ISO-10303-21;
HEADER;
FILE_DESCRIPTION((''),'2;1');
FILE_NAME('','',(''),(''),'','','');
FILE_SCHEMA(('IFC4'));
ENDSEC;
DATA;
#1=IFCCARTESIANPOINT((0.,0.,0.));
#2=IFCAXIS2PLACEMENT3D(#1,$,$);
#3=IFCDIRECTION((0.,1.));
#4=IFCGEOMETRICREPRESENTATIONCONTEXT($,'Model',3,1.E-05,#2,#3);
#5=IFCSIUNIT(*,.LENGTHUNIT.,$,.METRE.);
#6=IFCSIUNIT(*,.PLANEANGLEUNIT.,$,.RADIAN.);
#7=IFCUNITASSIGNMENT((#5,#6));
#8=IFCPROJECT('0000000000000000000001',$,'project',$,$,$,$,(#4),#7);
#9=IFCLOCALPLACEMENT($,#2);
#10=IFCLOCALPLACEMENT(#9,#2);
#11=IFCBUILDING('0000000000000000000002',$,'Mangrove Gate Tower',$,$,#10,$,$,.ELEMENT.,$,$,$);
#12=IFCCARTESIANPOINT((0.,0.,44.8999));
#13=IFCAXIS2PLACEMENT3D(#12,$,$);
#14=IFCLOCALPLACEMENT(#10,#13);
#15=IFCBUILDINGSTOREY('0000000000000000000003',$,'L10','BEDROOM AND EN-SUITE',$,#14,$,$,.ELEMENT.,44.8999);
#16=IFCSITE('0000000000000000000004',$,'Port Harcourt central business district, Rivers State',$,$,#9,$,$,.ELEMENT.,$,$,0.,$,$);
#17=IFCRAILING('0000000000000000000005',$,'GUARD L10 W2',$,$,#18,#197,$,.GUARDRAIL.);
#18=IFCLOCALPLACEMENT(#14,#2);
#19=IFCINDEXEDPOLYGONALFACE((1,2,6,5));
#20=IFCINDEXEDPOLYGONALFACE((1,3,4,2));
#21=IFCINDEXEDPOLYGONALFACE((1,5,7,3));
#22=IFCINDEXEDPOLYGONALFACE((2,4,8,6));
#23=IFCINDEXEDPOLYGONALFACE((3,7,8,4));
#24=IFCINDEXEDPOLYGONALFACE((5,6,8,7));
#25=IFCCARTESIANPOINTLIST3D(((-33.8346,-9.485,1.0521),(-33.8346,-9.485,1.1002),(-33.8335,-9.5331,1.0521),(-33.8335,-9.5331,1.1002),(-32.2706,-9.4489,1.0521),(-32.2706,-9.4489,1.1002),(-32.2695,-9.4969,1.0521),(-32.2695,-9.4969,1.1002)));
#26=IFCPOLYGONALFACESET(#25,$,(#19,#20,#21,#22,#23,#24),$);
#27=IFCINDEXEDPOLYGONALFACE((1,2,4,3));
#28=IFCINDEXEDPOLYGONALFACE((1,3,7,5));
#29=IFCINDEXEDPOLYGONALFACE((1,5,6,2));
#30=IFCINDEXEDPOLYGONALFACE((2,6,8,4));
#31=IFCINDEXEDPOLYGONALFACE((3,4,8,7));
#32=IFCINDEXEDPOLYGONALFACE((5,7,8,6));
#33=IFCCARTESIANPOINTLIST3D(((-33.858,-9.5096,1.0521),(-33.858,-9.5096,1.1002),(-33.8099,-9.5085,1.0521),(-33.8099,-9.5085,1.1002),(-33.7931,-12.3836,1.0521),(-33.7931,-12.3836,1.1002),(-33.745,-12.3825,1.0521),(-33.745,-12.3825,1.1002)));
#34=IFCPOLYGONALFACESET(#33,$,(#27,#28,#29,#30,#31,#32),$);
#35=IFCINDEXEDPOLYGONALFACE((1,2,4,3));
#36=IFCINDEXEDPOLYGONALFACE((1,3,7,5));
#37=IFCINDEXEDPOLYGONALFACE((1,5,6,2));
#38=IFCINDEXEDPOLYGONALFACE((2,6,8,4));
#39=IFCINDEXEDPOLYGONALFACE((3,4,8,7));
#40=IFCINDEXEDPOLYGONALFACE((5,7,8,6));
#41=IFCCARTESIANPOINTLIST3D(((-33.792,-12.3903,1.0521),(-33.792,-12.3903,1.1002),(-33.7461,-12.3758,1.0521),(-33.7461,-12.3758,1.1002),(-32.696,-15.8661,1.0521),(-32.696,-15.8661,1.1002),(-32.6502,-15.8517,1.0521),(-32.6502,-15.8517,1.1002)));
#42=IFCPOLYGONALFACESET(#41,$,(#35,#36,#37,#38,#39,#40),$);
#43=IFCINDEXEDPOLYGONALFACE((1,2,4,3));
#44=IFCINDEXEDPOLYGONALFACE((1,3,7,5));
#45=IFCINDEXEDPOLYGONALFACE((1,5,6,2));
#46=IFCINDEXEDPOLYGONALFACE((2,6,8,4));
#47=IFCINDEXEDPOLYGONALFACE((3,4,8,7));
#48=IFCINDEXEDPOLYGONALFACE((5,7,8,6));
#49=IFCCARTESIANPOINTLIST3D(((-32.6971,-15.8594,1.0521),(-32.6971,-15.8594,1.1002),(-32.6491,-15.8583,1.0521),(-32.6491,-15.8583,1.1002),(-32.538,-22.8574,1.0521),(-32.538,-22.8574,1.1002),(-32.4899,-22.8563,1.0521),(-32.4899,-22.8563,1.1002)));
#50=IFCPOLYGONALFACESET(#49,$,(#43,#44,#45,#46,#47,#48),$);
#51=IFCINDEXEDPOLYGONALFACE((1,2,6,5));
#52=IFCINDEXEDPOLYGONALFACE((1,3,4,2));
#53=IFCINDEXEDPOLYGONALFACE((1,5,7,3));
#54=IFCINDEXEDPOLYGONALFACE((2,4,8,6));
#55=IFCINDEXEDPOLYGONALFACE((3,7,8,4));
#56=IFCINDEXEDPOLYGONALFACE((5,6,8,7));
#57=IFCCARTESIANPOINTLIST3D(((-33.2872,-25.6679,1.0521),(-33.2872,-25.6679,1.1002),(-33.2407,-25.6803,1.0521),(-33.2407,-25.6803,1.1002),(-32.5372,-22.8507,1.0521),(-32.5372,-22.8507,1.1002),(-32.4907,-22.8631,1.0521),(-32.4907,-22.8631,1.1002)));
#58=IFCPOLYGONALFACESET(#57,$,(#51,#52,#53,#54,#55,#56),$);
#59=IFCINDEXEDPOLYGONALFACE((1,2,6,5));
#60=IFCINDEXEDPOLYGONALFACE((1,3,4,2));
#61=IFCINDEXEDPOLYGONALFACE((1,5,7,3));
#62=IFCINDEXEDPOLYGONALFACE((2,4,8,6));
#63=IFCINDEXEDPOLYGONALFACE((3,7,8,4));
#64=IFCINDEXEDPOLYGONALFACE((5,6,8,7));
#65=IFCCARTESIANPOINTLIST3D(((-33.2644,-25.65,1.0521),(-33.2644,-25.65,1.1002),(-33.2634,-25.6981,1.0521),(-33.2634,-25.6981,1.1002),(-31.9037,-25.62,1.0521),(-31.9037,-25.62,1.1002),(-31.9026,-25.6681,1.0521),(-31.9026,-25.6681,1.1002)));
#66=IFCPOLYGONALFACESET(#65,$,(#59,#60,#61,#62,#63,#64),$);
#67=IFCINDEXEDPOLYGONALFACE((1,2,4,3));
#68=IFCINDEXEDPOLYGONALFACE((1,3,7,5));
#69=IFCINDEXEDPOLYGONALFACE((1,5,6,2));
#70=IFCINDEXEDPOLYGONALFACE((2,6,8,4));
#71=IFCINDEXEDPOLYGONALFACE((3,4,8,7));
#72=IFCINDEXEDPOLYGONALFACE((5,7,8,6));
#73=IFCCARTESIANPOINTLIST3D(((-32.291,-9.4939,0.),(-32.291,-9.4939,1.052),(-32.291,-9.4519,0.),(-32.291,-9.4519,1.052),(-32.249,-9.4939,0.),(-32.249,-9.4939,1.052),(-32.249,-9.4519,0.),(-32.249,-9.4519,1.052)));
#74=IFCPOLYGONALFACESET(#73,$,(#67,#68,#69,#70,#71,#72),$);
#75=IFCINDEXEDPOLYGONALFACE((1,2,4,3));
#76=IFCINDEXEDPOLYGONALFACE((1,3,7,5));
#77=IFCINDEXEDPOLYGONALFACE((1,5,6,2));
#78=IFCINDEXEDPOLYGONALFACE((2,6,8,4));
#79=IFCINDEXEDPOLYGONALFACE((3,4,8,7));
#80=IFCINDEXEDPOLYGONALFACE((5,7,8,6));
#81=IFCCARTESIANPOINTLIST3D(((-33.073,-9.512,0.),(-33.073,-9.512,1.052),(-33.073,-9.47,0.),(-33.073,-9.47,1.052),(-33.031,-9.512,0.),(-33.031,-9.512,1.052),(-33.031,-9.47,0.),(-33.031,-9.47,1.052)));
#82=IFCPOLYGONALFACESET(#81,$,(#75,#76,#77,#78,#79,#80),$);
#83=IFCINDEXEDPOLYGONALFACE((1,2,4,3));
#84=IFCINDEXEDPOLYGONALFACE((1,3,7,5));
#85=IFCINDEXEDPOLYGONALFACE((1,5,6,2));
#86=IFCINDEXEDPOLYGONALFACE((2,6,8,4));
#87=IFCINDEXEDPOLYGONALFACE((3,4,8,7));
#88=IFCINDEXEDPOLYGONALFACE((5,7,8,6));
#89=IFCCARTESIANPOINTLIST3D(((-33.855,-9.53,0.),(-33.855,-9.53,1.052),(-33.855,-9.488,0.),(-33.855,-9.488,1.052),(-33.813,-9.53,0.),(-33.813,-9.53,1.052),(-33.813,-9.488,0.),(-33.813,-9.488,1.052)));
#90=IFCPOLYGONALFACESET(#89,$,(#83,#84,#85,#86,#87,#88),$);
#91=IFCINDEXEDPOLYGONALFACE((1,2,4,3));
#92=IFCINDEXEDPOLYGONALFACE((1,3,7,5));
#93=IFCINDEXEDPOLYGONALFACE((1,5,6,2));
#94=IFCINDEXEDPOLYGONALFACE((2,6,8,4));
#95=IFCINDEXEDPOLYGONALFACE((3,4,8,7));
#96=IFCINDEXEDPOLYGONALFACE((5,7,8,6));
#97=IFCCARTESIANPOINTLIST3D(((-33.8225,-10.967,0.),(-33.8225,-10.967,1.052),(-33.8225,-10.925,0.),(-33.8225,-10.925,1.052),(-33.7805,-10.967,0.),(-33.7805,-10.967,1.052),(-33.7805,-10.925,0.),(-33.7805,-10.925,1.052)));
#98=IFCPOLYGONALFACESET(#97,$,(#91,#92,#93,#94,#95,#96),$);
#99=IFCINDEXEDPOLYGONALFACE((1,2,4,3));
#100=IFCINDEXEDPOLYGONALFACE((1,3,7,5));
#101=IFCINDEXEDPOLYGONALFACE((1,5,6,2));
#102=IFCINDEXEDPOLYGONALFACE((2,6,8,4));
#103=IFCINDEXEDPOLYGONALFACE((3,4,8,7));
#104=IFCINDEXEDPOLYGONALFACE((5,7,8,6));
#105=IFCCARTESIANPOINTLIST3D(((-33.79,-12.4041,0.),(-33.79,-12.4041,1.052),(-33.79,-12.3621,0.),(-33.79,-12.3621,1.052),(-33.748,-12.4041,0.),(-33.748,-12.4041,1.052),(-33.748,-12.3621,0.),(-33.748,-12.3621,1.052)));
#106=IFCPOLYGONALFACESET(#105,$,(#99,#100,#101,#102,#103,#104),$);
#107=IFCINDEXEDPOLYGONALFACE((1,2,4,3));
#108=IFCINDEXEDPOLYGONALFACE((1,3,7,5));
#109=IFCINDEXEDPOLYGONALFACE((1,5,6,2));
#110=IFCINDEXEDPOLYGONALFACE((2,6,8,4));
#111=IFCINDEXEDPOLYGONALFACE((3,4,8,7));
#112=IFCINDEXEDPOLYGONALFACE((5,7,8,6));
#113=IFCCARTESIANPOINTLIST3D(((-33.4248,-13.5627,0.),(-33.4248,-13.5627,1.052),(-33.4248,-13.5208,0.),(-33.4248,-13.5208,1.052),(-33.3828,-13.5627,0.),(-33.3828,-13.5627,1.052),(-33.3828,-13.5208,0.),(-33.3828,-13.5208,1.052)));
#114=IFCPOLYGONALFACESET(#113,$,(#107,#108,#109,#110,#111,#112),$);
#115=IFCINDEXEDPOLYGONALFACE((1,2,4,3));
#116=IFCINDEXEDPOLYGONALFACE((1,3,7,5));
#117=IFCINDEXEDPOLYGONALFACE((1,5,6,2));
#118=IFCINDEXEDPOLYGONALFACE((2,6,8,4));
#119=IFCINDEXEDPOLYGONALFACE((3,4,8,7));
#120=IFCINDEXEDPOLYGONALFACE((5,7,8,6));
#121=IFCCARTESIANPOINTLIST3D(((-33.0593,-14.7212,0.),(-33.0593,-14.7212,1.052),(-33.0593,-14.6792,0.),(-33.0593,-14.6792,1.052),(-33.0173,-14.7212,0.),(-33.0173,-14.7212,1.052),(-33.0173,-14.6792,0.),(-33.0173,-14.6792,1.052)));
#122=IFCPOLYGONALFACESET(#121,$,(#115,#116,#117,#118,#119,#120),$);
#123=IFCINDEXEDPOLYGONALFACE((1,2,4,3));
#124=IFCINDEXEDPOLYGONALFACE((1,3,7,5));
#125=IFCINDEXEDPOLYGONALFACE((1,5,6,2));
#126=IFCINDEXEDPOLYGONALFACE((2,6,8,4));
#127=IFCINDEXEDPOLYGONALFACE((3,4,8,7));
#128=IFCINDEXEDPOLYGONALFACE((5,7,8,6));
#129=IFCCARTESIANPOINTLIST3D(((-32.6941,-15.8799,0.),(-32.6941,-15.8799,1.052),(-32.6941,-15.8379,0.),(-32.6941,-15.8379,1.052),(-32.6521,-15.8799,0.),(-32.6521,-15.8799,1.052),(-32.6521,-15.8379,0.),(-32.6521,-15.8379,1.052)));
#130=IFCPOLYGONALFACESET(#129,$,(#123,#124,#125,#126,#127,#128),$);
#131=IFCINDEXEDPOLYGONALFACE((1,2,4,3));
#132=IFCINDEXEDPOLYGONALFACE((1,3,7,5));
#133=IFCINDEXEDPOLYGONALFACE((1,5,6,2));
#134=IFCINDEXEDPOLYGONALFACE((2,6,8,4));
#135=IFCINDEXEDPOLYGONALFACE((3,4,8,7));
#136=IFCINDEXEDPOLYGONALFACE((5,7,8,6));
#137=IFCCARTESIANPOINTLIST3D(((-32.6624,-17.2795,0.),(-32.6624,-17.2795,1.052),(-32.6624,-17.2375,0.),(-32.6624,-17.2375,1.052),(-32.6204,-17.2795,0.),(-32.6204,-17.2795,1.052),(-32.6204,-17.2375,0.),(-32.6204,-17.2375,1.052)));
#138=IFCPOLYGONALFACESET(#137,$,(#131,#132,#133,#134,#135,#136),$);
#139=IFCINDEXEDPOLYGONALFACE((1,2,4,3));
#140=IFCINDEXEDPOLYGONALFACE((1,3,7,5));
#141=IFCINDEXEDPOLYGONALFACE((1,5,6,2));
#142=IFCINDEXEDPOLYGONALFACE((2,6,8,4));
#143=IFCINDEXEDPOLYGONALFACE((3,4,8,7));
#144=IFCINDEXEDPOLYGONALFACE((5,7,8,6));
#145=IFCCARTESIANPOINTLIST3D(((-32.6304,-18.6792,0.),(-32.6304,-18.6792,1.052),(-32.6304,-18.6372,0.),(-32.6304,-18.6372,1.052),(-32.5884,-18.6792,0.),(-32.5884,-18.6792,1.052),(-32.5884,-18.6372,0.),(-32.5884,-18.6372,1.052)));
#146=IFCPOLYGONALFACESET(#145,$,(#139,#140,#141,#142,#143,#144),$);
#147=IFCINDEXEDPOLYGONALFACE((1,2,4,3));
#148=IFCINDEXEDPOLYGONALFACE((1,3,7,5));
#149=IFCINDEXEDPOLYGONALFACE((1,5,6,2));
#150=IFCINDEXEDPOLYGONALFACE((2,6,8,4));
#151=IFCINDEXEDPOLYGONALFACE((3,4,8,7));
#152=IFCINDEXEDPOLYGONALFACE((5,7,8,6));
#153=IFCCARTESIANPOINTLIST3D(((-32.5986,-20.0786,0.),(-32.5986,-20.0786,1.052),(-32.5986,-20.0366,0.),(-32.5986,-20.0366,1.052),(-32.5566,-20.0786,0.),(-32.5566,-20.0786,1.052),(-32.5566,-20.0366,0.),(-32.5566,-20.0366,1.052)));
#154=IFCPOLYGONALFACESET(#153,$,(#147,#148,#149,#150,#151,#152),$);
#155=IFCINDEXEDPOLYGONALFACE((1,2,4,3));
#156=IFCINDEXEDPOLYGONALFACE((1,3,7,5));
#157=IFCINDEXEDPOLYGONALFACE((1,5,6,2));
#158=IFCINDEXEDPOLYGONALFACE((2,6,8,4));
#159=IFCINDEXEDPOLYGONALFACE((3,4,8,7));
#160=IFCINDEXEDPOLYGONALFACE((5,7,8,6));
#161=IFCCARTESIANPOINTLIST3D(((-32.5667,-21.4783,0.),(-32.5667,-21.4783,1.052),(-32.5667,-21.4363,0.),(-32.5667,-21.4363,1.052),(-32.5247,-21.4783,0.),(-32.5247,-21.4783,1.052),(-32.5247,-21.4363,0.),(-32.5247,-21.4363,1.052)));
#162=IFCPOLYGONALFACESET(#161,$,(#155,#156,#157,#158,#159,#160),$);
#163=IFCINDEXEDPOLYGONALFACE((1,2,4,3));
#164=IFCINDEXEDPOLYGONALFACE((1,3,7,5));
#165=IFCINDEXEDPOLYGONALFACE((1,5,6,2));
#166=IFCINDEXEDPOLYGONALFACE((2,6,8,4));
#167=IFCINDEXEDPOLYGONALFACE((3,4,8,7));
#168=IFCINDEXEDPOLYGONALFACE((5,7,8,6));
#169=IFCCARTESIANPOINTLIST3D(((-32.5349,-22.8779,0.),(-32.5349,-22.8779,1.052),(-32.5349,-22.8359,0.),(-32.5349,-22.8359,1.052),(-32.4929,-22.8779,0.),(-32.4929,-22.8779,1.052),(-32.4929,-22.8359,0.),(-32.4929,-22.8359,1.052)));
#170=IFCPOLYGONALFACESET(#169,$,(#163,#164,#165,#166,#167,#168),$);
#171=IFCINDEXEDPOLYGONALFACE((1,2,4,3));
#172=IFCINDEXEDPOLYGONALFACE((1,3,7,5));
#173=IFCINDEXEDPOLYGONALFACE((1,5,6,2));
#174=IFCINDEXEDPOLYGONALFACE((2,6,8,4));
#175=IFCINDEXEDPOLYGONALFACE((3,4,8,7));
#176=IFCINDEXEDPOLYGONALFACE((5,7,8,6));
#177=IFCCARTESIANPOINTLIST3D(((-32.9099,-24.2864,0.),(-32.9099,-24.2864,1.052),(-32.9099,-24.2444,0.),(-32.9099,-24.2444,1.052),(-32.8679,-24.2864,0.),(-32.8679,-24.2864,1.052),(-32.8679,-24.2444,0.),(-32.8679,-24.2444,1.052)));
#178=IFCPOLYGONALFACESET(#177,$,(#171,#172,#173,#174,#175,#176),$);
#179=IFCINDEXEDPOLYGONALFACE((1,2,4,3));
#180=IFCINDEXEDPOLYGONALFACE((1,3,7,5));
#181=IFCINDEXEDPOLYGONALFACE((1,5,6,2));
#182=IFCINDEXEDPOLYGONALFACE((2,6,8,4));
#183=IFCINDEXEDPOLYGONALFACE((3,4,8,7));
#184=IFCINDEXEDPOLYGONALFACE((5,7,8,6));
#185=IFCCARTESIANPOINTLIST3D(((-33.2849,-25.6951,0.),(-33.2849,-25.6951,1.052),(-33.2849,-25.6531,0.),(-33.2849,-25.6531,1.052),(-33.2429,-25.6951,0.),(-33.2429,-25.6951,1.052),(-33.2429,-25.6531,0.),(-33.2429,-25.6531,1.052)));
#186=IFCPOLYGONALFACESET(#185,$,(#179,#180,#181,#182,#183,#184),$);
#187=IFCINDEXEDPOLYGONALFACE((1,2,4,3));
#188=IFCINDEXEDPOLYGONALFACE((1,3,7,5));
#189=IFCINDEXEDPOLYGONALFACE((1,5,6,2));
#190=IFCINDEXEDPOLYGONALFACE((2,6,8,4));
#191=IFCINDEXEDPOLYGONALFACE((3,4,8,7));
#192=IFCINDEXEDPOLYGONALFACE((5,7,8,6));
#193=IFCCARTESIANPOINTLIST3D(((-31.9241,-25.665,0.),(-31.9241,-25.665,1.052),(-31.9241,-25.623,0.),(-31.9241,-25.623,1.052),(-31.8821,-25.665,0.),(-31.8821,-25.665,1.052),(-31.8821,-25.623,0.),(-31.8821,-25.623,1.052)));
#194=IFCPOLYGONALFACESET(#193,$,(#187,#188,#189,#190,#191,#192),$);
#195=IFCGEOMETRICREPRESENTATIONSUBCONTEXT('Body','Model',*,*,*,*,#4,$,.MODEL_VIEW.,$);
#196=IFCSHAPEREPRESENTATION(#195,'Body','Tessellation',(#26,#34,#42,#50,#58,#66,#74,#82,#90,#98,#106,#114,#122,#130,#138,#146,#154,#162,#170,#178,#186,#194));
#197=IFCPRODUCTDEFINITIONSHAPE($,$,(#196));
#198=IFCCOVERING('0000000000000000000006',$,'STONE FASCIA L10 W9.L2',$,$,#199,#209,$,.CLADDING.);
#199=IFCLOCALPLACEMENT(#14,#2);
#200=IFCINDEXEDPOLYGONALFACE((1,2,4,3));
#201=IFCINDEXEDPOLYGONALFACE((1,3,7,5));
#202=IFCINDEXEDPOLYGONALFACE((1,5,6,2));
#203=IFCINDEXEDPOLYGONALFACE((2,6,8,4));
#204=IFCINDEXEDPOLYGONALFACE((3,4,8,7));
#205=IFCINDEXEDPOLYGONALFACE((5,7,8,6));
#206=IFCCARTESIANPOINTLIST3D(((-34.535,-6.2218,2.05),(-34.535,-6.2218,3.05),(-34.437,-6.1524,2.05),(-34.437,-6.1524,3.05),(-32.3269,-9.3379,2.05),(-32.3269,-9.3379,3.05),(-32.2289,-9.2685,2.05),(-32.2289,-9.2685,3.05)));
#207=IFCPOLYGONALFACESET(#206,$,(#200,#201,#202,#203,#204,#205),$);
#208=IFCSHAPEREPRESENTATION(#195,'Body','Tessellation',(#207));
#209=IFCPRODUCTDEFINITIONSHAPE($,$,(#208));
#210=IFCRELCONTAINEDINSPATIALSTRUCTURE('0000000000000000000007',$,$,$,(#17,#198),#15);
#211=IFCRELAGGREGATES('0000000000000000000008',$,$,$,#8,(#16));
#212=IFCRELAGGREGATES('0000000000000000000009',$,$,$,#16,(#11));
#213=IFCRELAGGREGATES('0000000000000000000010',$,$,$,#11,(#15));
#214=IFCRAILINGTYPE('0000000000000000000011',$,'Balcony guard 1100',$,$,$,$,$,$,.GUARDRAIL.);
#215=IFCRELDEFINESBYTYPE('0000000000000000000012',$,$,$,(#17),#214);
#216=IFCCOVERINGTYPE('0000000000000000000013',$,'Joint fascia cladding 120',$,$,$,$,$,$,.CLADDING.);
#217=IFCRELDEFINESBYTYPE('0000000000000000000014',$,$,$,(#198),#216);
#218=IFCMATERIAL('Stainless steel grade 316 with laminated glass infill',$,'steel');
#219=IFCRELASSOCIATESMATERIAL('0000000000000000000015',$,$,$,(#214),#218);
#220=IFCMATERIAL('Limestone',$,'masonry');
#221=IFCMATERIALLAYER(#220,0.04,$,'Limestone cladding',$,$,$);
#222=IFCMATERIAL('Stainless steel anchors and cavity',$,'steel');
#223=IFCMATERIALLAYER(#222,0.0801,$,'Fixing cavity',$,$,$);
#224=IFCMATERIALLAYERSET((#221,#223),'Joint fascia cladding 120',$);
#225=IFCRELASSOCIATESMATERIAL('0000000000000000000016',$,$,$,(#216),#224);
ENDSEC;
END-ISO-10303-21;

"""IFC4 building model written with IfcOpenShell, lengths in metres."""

from ifc_helpers import new_model, si_unit, direction, frame, frame_2d, origin, origin_2d, place, context, subcontext, project, spatial, rectangle, extrude, material, layer, layer_set, type_object, element, save


model = new_model("IFC4")

# Units and contexts
model_context = context("Model", 3, precision=1e-05, world=origin(), true_north=direction((0.0, 1.0)))
body_context = subcontext(model_context, "Body", "Model", "MODEL_VIEW")
ifc_project = project(units=[si_unit("LENGTHUNIT", "METRE"), si_unit("PLANEANGLEUNIT", "RADIAN")], contexts=[model_context])

# Site, building, storey
site_placement = place(None, origin())
site = spatial("IfcSite", under=ifc_project, at=site_placement, Name="Port Harcourt central business district, Rivers State", CompositionType="ELEMENT", RefElevation=0.0)
building_placement = place(site_placement, origin())
building = spatial("IfcBuilding", under=site, at=building_placement, Name="Mangrove Gate Tower", CompositionType="ELEMENT")
storey_placement = place(building_placement, frame((0.0, 0.0, 44.8999)))
storey = spatial("IfcBuildingStorey", under=building, at=storey_placement, Name="L10", Description="BEDROOM AND EN-SUITE", CompositionType="ELEMENT", Elevation=44.8999)

# Shared definitions
ifc_material_1 = material(Name="Limestone", Category="masonry")

# Railing
ifc_material_2 = material(Name="Stainless steel grade 316 with laminated glass infill", Category="steel")
railing_type = type_object("IfcRailingType", Name="Balcony guard 1100", PredefinedType="GUARDRAIL", material=ifc_material_2)
railing_placement = place(storey_placement, frame((-32.27, -9.4729, 0.0)))
element("IfcRailing", 1, at=railing_placement, inside=storey, type_object=railing_type, Name="GUARD L10 W2", PredefinedType="GUARDRAIL", context=body_context, shape_type="SweptSolid", body=[
    extrude(rectangle(XDim=0.0481, YDim=0.0481, at=origin_2d()), frame((0.0, 0.0, 1.0762), z_axis=(-0.999733, -0.023097, 0.0), x_axis=(0.023097, -0.999733, 0.0)), (0.0, 0.0, 1.0), 1.5645),
    extrude(rectangle(XDim=0.0481, YDim=0.0481, at=origin_2d()), frame((-1.564, -0.0361, 1.0762), z_axis=(0.02259, -0.999745, 0.0), x_axis=(0.999745, 0.02259, 0.0)), (0.0, 0.0, 1.0), 2.8748),
    extrude(rectangle(XDim=0.0481, YDim=0.0481, at=origin_2d()), frame((-1.499, -2.9102, 1.0762), z_axis=(0.300711, -0.953715, 0.0), x_axis=(0.953715, 0.300711, 0.0)), (0.0, 0.0, 1.0), 3.6445),
    extrude(rectangle(XDim=0.0481, YDim=0.0481, at=origin_2d()), frame((-0.4031, -6.386, 1.0762), z_axis=(0.02274, -0.999741, 0.0), x_axis=(0.999741, 0.02274, 0.0)), (0.0, 0.0, 1.0), 6.9998),
    extrude(rectangle(XDim=0.0481, YDim=0.0481, at=origin_2d()), frame((-0.2439, -13.384, 1.0762), z_axis=(-0.257266, -0.96634, 0.0), x_axis=(0.96634, -0.257266, 0.0)), (0.0, 0.0, 1.0), 2.9153),
    extrude(rectangle(XDim=0.0481, YDim=0.0481, at=origin_2d()), frame((-0.9939, -16.2012, 1.0762), z_axis=(0.999757, 0.022061, 0.0), x_axis=(-0.022061, 0.999757, 0.0)), (0.0, 0.0, 1.0), 1.3611),
    extrude(rectangle(XDim=0.042, YDim=0.042, at=origin_2d()), origin(), (0.0, 0.0, 1.0), 1.052),
    extrude(rectangle(XDim=0.042, YDim=0.042, at=origin_2d()), frame((-0.782, -0.0181, 0.0)), (0.0, 0.0, 1.0), 1.052),
    extrude(rectangle(XDim=0.042, YDim=0.042, at=origin_2d()), frame((-1.564, -0.0361, 0.0)), (0.0, 0.0, 1.0), 1.052),
    extrude(rectangle(XDim=0.042, YDim=0.042, at=origin_2d()), frame((-1.5315, -1.4731, 0.0)), (0.0, 0.0, 1.0), 1.052),
    extrude(rectangle(XDim=0.042, YDim=0.042, at=origin_2d()), frame((-1.499, -2.9102, 0.0)), (0.0, 0.0, 1.0), 1.052),
    extrude(rectangle(XDim=0.042, YDim=0.042, at=origin_2d()), frame((-1.1338, -4.0688, 0.0)), (0.0, 0.0, 1.0), 1.052),
    extrude(rectangle(XDim=0.042, YDim=0.042, at=origin_2d()), frame((-0.7683, -5.2273, 0.0)), (0.0, 0.0, 1.0), 1.052),
    extrude(rectangle(XDim=0.042, YDim=0.042, at=origin_2d()), frame((-0.4031, -6.386, 0.0)), (0.0, 0.0, 1.0), 1.052),
    extrude(rectangle(XDim=0.042, YDim=0.042, at=origin_2d()), frame((-0.3713, -7.7856, 0.0)), (0.0, 0.0, 1.0), 1.052),
    extrude(rectangle(XDim=0.042, YDim=0.042, at=origin_2d()), frame((-0.3394, -9.1853, 0.0)), (0.0, 0.0, 1.0), 1.052),
    extrude(rectangle(XDim=0.042, YDim=0.042, at=origin_2d()), frame((-0.3076, -10.5847, 0.0)), (0.0, 0.0, 1.0), 1.052),
    extrude(rectangle(XDim=0.042, YDim=0.042, at=origin_2d()), frame((-0.2756, -11.9844, 0.0)), (0.0, 0.0, 1.0), 1.052),
    extrude(rectangle(XDim=0.042, YDim=0.042, at=origin_2d()), frame((-0.2439, -13.384, 0.0)), (0.0, 0.0, 1.0), 1.052),
    extrude(rectangle(XDim=0.042, YDim=0.042, at=origin_2d()), frame((-0.6189, -14.7925, 0.0)), (0.0, 0.0, 1.0), 1.052),
    extrude(rectangle(XDim=0.042, YDim=0.042, at=origin_2d()), frame((-0.9939, -16.2012, 0.0)), (0.0, 0.0, 1.0), 1.052),
    extrude(rectangle(XDim=0.042, YDim=0.042, at=origin_2d()), frame((0.3669, -16.1711, 0.0)), (0.0, 0.0, 1.0), 1.052),
])

# Covering
ifc_layer_1 = layer(ifc_material_1, 0.04, Name="Limestone cladding")
ifc_material_3 = material(Name="Stainless steel anchors and cavity", Category="steel")
ifc_layer_2 = layer(ifc_material_3, 0.0801, Name="Fixing cavity")
ifc_layer_set_1 = layer_set([ifc_layer_1, ifc_layer_2], Name="Joint fascia cladding 120")
covering_type = type_object("IfcCoveringType", Name="Joint fascia cladding 120", PredefinedType="CLADDING", material=ifc_layer_set_1)
covering_placement = place(storey_placement, frame((-34.4861, -6.187, 2.05), z_axis=(0.0, 0.0, 1.0), x_axis=(0.578168, -0.815918, 0.0)))
element("IfcCovering", 2, at=covering_placement, inside=storey, type_object=covering_type, Name="STONE FASCIA L10 W9.L2", PredefinedType="CLADDING", context=body_context, shape_type="SweptSolid", body=[
    extrude(rectangle(XDim=3.8191, YDim=0.1201, at=frame_2d((1.9097, 0.0))), origin(), (0.0, 0.0, 1.0), 1.0),
])

save(model, "model.ifc")
